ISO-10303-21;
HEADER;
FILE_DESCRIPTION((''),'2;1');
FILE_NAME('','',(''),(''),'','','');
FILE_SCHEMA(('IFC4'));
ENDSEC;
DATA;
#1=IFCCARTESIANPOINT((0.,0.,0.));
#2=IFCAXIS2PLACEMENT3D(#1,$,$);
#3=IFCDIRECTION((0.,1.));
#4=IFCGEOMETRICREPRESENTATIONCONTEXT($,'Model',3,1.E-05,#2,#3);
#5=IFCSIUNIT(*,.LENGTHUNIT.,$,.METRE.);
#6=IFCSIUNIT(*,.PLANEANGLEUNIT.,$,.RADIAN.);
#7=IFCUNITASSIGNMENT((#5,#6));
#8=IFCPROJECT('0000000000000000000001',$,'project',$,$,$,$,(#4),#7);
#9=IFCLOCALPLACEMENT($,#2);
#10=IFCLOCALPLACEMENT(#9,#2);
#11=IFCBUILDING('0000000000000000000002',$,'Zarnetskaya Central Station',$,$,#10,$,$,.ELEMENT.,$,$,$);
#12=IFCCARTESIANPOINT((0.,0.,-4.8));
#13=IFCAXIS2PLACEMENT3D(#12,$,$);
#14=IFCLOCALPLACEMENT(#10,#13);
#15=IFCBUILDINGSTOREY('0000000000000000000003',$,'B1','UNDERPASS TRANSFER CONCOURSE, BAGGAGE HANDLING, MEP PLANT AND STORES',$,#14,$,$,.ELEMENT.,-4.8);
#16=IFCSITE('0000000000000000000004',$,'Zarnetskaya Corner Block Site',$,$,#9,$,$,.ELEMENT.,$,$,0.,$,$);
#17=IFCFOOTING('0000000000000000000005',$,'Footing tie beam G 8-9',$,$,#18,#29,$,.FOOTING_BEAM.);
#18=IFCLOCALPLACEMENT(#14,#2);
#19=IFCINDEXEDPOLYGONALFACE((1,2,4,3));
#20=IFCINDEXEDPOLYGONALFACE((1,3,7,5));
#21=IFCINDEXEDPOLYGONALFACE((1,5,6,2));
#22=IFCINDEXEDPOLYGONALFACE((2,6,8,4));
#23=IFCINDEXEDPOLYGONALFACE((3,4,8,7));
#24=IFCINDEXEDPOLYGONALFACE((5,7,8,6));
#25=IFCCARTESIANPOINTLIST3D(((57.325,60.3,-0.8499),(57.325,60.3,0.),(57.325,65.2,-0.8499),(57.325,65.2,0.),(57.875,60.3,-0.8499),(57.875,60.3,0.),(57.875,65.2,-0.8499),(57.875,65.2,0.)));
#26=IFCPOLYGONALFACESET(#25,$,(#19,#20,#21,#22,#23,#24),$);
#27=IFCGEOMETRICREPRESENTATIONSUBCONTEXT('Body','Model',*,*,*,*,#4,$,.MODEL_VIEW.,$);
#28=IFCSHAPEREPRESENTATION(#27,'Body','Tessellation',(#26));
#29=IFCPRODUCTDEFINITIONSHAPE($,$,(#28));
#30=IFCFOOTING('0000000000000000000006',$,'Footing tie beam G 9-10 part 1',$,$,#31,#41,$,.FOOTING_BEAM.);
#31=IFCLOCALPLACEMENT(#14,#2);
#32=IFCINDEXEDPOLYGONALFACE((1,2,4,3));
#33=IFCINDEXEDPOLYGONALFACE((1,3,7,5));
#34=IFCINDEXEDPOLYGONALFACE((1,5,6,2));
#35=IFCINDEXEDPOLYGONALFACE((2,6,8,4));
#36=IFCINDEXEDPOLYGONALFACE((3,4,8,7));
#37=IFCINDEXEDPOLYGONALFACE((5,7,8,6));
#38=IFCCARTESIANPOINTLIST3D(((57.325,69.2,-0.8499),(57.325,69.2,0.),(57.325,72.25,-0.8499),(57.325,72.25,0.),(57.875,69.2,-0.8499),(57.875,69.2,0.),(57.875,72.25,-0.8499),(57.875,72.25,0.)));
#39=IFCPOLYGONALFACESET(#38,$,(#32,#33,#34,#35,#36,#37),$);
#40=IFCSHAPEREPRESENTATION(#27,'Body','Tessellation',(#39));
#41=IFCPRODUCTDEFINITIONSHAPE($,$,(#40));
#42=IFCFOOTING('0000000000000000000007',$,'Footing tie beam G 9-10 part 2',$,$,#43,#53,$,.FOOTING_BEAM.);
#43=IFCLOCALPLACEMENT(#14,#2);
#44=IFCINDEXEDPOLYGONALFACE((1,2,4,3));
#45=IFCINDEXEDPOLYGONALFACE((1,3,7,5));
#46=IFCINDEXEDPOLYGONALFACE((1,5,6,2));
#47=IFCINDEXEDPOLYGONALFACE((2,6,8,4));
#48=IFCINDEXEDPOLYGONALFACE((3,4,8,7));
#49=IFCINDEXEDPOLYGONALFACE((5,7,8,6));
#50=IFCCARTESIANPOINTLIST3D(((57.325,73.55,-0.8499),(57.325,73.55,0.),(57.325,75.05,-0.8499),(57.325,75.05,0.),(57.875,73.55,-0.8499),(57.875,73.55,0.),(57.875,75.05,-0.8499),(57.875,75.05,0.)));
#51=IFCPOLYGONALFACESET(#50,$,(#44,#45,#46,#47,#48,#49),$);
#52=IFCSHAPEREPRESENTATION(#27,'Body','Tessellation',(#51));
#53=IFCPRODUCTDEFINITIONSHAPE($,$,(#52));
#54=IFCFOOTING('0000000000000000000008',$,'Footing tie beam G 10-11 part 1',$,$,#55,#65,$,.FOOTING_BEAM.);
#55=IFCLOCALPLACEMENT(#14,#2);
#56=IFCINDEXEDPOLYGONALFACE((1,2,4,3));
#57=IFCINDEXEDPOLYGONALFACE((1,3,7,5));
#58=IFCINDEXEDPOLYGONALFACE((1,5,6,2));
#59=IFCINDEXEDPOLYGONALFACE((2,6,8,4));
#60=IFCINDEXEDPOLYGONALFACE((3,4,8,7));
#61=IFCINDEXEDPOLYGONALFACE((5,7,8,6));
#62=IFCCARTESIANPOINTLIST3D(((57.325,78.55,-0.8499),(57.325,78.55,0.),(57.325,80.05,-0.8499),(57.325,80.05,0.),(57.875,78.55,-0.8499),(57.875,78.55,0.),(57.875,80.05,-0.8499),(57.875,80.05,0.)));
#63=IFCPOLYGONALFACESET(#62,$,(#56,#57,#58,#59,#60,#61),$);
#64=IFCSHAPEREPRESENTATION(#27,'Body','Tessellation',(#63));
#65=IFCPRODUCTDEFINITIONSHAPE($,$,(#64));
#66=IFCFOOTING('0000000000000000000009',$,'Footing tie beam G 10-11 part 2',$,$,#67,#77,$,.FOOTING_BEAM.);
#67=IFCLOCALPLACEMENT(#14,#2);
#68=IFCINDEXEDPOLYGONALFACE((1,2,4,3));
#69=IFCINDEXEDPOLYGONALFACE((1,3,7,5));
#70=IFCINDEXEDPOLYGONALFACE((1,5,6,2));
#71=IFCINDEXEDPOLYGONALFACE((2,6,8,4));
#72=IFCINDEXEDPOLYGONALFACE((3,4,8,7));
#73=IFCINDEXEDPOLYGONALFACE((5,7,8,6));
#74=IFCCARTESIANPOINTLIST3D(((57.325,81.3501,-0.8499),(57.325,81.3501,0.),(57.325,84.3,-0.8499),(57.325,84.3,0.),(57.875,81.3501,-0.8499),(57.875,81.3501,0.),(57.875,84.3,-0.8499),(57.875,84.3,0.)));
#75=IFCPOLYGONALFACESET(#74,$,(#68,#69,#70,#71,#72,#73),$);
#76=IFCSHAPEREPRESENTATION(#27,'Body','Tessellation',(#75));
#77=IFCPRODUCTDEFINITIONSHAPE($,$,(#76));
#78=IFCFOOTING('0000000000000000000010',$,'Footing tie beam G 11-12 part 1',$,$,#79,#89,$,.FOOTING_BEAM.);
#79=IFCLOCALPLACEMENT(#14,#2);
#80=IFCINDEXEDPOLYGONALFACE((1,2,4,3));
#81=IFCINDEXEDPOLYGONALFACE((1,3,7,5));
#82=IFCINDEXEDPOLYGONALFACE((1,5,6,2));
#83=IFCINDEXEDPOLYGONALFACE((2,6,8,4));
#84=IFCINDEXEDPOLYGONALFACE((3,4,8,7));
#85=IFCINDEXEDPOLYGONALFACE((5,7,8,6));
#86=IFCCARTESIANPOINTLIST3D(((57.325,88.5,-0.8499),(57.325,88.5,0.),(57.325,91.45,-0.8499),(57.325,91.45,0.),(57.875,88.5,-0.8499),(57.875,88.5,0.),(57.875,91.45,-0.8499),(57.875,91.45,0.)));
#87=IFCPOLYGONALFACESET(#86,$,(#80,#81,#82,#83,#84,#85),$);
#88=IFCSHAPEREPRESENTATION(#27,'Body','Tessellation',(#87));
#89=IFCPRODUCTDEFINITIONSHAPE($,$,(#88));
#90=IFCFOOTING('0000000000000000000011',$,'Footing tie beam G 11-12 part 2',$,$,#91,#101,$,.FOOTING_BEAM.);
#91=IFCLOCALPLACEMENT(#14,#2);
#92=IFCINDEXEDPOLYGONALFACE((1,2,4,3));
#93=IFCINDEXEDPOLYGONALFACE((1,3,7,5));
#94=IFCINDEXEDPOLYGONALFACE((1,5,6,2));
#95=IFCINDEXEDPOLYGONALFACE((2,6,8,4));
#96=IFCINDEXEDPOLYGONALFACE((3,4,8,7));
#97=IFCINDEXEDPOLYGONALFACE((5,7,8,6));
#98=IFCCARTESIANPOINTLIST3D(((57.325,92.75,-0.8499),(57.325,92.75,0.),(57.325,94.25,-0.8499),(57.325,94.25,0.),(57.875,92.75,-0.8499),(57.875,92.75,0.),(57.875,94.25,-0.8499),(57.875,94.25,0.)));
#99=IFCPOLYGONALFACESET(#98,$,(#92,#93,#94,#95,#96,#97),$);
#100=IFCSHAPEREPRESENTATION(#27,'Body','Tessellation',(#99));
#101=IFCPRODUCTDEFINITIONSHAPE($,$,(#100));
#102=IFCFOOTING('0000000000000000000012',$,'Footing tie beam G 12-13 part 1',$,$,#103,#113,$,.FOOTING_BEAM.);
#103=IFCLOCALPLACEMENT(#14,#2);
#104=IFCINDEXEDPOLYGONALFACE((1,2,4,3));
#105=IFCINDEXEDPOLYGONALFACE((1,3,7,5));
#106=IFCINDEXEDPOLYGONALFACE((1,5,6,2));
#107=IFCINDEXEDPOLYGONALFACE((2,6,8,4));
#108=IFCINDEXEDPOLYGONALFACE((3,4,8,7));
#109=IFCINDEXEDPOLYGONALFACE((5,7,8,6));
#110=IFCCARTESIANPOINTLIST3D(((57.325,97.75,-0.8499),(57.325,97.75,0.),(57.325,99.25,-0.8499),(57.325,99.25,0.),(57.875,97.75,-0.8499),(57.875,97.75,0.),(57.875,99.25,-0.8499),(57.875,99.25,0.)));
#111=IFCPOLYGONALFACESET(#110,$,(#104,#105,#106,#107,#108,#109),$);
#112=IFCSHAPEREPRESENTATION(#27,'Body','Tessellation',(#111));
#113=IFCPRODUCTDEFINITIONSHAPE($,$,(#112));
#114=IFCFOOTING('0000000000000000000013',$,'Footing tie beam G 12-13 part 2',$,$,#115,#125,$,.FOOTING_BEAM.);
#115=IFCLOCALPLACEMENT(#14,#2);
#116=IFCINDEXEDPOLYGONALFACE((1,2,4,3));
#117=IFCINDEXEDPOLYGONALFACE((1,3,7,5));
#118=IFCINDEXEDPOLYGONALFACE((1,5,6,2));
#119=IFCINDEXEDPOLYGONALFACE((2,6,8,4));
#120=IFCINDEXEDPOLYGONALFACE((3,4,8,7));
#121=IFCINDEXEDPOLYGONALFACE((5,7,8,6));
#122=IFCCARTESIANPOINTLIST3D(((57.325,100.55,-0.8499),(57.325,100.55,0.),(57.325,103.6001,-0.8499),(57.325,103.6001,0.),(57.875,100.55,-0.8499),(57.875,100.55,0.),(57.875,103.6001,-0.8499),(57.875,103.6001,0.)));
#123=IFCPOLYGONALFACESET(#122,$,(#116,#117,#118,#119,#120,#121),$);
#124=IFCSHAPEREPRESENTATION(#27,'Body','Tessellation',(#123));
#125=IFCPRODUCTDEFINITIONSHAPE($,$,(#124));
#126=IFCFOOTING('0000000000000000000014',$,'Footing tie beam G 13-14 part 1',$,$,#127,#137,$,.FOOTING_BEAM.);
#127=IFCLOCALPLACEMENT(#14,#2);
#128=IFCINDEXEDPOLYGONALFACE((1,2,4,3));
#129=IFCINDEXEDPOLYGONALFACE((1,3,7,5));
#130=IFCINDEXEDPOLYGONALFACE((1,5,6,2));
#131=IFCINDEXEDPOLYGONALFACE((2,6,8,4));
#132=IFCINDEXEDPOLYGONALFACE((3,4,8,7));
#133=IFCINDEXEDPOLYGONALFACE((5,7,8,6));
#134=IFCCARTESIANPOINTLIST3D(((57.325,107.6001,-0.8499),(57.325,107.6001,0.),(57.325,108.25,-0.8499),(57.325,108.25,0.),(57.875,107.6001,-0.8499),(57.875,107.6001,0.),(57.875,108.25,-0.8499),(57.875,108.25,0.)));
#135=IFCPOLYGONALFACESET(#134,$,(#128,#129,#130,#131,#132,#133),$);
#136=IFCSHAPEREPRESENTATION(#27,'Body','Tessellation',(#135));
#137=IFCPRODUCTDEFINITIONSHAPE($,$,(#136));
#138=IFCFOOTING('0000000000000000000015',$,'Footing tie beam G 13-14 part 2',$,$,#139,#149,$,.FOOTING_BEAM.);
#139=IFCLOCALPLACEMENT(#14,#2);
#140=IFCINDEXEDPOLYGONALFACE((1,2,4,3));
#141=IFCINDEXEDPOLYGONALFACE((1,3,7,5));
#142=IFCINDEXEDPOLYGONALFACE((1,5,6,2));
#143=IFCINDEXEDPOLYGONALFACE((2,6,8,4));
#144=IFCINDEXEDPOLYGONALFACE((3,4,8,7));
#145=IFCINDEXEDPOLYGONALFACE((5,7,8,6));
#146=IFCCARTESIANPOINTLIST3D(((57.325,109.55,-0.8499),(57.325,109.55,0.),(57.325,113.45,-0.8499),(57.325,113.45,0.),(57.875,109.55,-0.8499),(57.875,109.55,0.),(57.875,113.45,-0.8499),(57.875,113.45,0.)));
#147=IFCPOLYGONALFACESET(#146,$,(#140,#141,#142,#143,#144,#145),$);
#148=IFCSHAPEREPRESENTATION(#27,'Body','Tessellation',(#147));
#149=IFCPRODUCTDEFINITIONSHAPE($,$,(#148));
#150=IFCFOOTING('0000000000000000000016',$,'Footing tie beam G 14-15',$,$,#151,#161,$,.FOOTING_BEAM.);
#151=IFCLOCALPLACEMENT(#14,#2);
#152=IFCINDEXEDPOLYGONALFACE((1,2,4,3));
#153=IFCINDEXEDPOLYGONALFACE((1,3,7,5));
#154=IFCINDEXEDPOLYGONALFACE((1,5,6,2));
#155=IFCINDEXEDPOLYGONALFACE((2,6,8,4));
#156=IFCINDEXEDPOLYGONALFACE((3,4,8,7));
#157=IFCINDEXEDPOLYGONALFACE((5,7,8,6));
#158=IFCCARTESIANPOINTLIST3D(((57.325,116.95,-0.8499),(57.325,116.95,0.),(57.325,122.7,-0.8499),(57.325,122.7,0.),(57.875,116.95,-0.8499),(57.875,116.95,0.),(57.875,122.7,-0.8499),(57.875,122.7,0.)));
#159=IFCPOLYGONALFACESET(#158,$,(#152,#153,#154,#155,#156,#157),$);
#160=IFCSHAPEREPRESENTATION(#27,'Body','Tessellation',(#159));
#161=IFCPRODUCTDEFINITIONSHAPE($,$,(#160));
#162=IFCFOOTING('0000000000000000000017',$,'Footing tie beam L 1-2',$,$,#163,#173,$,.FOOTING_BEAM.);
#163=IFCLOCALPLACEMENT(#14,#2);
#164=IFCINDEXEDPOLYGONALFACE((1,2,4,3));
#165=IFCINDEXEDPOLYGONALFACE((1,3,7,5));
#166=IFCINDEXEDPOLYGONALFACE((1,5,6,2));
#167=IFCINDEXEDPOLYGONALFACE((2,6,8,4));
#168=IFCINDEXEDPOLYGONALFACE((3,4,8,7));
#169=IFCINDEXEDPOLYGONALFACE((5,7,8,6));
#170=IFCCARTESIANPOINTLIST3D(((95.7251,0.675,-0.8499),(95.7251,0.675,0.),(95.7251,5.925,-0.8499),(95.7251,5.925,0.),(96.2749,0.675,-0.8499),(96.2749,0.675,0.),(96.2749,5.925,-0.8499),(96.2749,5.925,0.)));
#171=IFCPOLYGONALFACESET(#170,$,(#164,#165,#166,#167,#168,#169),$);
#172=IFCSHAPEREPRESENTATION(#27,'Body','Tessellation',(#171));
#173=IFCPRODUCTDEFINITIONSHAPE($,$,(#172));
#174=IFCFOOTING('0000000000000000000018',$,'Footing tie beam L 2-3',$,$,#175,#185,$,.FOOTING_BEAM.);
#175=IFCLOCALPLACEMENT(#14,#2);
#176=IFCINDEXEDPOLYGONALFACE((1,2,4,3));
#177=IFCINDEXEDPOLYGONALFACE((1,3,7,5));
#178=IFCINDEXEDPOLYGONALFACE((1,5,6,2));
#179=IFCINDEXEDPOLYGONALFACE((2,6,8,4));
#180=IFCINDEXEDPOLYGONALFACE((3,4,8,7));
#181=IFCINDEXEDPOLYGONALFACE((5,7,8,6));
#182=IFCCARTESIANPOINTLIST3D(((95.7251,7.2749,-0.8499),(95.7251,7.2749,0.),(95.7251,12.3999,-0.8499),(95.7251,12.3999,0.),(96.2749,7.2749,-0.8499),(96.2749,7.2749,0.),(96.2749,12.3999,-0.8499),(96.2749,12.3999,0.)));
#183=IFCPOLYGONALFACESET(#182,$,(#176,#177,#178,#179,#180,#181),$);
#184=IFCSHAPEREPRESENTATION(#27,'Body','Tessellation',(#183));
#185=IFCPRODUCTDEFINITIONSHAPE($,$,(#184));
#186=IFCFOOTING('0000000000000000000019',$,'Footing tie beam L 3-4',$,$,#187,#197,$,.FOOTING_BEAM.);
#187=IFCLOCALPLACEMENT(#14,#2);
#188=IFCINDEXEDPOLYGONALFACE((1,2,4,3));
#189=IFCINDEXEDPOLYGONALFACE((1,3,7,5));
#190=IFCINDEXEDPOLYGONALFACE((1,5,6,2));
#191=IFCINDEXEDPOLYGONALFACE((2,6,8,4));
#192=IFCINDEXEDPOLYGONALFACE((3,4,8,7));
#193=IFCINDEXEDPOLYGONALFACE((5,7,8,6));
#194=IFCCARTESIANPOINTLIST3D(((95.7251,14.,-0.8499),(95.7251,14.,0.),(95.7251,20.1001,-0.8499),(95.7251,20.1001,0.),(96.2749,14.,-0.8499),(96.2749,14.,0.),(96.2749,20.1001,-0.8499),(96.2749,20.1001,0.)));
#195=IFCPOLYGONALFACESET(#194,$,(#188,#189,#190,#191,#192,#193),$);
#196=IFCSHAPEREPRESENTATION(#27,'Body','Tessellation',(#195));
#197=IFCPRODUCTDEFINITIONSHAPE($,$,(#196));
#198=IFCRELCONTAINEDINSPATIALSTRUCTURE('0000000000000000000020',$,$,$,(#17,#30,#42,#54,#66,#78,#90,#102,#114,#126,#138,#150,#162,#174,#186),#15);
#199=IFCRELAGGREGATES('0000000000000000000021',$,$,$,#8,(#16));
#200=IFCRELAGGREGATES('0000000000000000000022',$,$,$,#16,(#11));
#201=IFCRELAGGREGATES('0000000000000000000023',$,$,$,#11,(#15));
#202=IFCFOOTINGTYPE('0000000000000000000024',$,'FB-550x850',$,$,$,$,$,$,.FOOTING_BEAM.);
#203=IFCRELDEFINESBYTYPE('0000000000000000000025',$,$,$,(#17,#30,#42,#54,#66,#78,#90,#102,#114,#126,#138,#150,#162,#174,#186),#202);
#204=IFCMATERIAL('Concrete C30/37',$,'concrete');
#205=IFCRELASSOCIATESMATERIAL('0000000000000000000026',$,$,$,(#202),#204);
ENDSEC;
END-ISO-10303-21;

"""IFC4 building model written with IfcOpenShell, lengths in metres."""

from ifc_helpers import new_model, si_unit, direction, frame, origin, place, context, subcontext, project, spatial, polyline, outline, extrude, material, type_object, element, save


model = new_model("IFC4")

# Units and contexts
model_context = context("Model", 3, precision=1e-05, world=origin(), true_north=direction((0.0, 1.0)))
body_context = subcontext(model_context, "Body", "Model", "MODEL_VIEW")
ifc_project = project(units=[si_unit("LENGTHUNIT", "METRE"), si_unit("PLANEANGLEUNIT", "RADIAN")], contexts=[model_context])

# Site, building, storey
site_placement = place(None, origin())
site = spatial("IfcSite", under=ifc_project, at=site_placement, Name="Zarnetskaya Corner Block Site", CompositionType="ELEMENT", RefElevation=0.0)
building_placement = place(site_placement, origin())
building = spatial("IfcBuilding", under=site, at=building_placement, Name="Zarnetskaya Central Station", CompositionType="ELEMENT")
storey_placement = place(building_placement, frame((0.0, 0.0, -4.8)))
storey = spatial("IfcBuildingStorey", under=building, at=storey_placement, Name="B1", Description="UNDERPASS TRANSFER CONCOURSE, BAGGAGE HANDLING, MEP PLANT AND STORES", CompositionType="ELEMENT", Elevation=-4.8)

# Footings
ifc_material = material(Name="Concrete C30/37", Category="concrete")
footing_type = type_object("IfcFootingType", Name="FB-550x850", PredefinedType="FOOTING_BEAM", material=ifc_material)
footing_1_placement = place(storey_placement, frame((0.0, 0.0, -0.8499)))
element("IfcFooting", 1, at=footing_1_placement, inside=storey, type_object=footing_type, Name="Footing tie beam G 8-9", PredefinedType="FOOTING_BEAM", context=body_context, shape_type="SweptSolid", body=[
    extrude(outline(polyline([(57.325, 60.3), (57.875, 60.3), (57.875, 65.2), (57.325, 65.2), (57.325, 60.3)])), origin(), (0.0, 0.0, 1.0), 0.8499),
])
footing_2_placement = place(storey_placement, frame((0.0, 0.0, -0.8499)))
element("IfcFooting", 2, at=footing_2_placement, inside=storey, type_object=footing_type, Name="Footing tie beam G 9-10 part 1", PredefinedType="FOOTING_BEAM", context=body_context, shape_type="SweptSolid", body=[
    extrude(outline(polyline([(57.325, 69.2), (57.875, 69.2), (57.875, 72.25), (57.325, 72.25), (57.325, 69.2)])), origin(), (0.0, 0.0, 1.0), 0.8499),
])
footing_3_placement = place(storey_placement, frame((0.0, 0.0, -0.8499)))
element("IfcFooting", 3, at=footing_3_placement, inside=storey, type_object=footing_type, Name="Footing tie beam G 9-10 part 2", PredefinedType="FOOTING_BEAM", context=body_context, shape_type="SweptSolid", body=[
    extrude(outline(polyline([(57.325, 73.55), (57.875, 73.55), (57.875, 75.05), (57.325, 75.05), (57.325, 73.55)])), origin(), (0.0, 0.0, 1.0), 0.8499),
])
footing_4_placement = place(storey_placement, frame((0.0, 0.0, -0.8499)))
element("IfcFooting", 4, at=footing_4_placement, inside=storey, type_object=footing_type, Name="Footing tie beam G 10-11 part 1", PredefinedType="FOOTING_BEAM", context=body_context, shape_type="SweptSolid", body=[
    extrude(outline(polyline([(57.325, 78.55), (57.875, 78.55), (57.875, 80.05), (57.325, 80.05), (57.325, 78.55)])), origin(), (0.0, 0.0, 1.0), 0.8499),
])
footing_5_placement = place(storey_placement, frame((0.0, 0.0, -0.8499)))
element("IfcFooting", 5, at=footing_5_placement, inside=storey, type_object=footing_type, Name="Footing tie beam G 10-11 part 2", PredefinedType="FOOTING_BEAM", context=body_context, shape_type="SweptSolid", body=[
    extrude(outline(polyline([(57.325, 81.3501), (57.875, 81.3501), (57.875, 84.3), (57.325, 84.3), (57.325, 81.3501)])), origin(), (0.0, 0.0, 1.0), 0.8499),
])
footing_6_placement = place(storey_placement, frame((0.0, 0.0, -0.8499)))
element("IfcFooting", 6, at=footing_6_placement, inside=storey, type_object=footing_type, Name="Footing tie beam G 11-12 part 1", PredefinedType="FOOTING_BEAM", context=body_context, shape_type="SweptSolid", body=[
    extrude(outline(polyline([(57.325, 88.5), (57.875, 88.5), (57.875, 91.45), (57.325, 91.45), (57.325, 88.5)])), origin(), (0.0, 0.0, 1.0), 0.8499),
])
footing_7_placement = place(storey_placement, frame((0.0, 0.0, -0.8499)))
element("IfcFooting", 7, at=footing_7_placement, inside=storey, type_object=footing_type, Name="Footing tie beam G 11-12 part 2", PredefinedType="FOOTING_BEAM", context=body_context, shape_type="SweptSolid", body=[
    extrude(outline(polyline([(57.325, 92.75), (57.875, 92.75), (57.875, 94.25), (57.325, 94.25), (57.325, 92.75)])), origin(), (0.0, 0.0, 1.0), 0.8499),
])
footing_8_placement = place(storey_placement, frame((0.0, 0.0, -0.8499)))
element("IfcFooting", 8, at=footing_8_placement, inside=storey, type_object=footing_type, Name="Footing tie beam G 12-13 part 1", PredefinedType="FOOTING_BEAM", context=body_context, shape_type="SweptSolid", body=[
    extrude(outline(polyline([(57.325, 97.75), (57.875, 97.75), (57.875, 99.25), (57.325, 99.25), (57.325, 97.75)])), origin(), (0.0, 0.0, 1.0), 0.8499),
])
footing_9_placement = place(storey_placement, frame((0.0, 0.0, -0.8499)))
element("IfcFooting", 9, at=footing_9_placement, inside=storey, type_object=footing_type, Name="Footing tie beam G 12-13 part 2", PredefinedType="FOOTING_BEAM", context=body_context, shape_type="SweptSolid", body=[
    extrude(outline(polyline([(57.325, 100.55), (57.875, 100.55), (57.875, 103.6001), (57.325, 103.6001), (57.325, 100.55)])), origin(), (0.0, 0.0, 1.0), 0.8499),
])
footing_10_placement = place(storey_placement, frame((0.0, 0.0, -0.8499)))
element("IfcFooting", 10, at=footing_10_placement, inside=storey, type_object=footing_type, Name="Footing tie beam G 13-14 part 1", PredefinedType="FOOTING_BEAM", context=body_context, shape_type="SweptSolid", body=[
    extrude(outline(polyline([(57.325, 107.6001), (57.875, 107.6001), (57.875, 108.25), (57.325, 108.25), (57.325, 107.6001)])), origin(), (0.0, 0.0, 1.0), 0.8499),
])
footing_11_placement = place(storey_placement, frame((0.0, 0.0, -0.8499)))
element("IfcFooting", 11, at=footing_11_placement, inside=storey, type_object=footing_type, Name="Footing tie beam G 13-14 part 2", PredefinedType="FOOTING_BEAM", context=body_context, shape_type="SweptSolid", body=[
    extrude(outline(polyline([(57.325, 109.55), (57.875, 109.55), (57.875, 113.45), (57.325, 113.45), (57.325, 109.55)])), origin(), (0.0, 0.0, 1.0), 0.8499),
])
footing_12_placement = place(storey_placement, frame((0.0, 0.0, -0.8499)))
element("IfcFooting", 12, at=footing_12_placement, inside=storey, type_object=footing_type, Name="Footing tie beam G 14-15", PredefinedType="FOOTING_BEAM", context=body_context, shape_type="SweptSolid", body=[
    extrude(outline(polyline([(57.325, 116.95), (57.875, 116.95), (57.875, 122.7), (57.325, 122.7), (57.325, 116.95)])), origin(), (0.0, 0.0, 1.0), 0.8499),
])
footing_13_placement = place(storey_placement, frame((0.0, 0.0, -0.8499)))
element("IfcFooting", 13, at=footing_13_placement, inside=storey, type_object=footing_type, Name="Footing tie beam L 1-2", PredefinedType="FOOTING_BEAM", context=body_context, shape_type="SweptSolid", body=[
    extrude(outline(polyline([(95.7251, 0.675), (96.2749, 0.675), (96.2749, 5.925), (95.7251, 5.925), (95.7251, 0.675)])), origin(), (0.0, 0.0, 1.0), 0.8499),
])
footing_14_placement = place(storey_placement, frame((0.0, 0.0, -0.8499)))
element("IfcFooting", 14, at=footing_14_placement, inside=storey, type_object=footing_type, Name="Footing tie beam L 2-3", PredefinedType="FOOTING_BEAM", context=body_context, shape_type="SweptSolid", body=[
    extrude(outline(polyline([(95.7251, 7.2749), (96.2749, 7.2749), (96.2749, 12.3999), (95.7251, 12.3999), (95.7251, 7.2749)])), origin(), (0.0, 0.0, 1.0), 0.8499),
])
footing_15_placement = place(storey_placement, frame((0.0, 0.0, -0.8499)))
element("IfcFooting", 15, at=footing_15_placement, inside=storey, type_object=footing_type, Name="Footing tie beam L 3-4", PredefinedType="FOOTING_BEAM", context=body_context, shape_type="SweptSolid", body=[
    extrude(outline(polyline([(95.7251, 14.0), (96.2749, 14.0), (96.2749, 20.1001), (95.7251, 20.1001), (95.7251, 14.0)])), origin(), (0.0, 0.0, 1.0), 0.8499),
])

save(model, "model.ifc")
